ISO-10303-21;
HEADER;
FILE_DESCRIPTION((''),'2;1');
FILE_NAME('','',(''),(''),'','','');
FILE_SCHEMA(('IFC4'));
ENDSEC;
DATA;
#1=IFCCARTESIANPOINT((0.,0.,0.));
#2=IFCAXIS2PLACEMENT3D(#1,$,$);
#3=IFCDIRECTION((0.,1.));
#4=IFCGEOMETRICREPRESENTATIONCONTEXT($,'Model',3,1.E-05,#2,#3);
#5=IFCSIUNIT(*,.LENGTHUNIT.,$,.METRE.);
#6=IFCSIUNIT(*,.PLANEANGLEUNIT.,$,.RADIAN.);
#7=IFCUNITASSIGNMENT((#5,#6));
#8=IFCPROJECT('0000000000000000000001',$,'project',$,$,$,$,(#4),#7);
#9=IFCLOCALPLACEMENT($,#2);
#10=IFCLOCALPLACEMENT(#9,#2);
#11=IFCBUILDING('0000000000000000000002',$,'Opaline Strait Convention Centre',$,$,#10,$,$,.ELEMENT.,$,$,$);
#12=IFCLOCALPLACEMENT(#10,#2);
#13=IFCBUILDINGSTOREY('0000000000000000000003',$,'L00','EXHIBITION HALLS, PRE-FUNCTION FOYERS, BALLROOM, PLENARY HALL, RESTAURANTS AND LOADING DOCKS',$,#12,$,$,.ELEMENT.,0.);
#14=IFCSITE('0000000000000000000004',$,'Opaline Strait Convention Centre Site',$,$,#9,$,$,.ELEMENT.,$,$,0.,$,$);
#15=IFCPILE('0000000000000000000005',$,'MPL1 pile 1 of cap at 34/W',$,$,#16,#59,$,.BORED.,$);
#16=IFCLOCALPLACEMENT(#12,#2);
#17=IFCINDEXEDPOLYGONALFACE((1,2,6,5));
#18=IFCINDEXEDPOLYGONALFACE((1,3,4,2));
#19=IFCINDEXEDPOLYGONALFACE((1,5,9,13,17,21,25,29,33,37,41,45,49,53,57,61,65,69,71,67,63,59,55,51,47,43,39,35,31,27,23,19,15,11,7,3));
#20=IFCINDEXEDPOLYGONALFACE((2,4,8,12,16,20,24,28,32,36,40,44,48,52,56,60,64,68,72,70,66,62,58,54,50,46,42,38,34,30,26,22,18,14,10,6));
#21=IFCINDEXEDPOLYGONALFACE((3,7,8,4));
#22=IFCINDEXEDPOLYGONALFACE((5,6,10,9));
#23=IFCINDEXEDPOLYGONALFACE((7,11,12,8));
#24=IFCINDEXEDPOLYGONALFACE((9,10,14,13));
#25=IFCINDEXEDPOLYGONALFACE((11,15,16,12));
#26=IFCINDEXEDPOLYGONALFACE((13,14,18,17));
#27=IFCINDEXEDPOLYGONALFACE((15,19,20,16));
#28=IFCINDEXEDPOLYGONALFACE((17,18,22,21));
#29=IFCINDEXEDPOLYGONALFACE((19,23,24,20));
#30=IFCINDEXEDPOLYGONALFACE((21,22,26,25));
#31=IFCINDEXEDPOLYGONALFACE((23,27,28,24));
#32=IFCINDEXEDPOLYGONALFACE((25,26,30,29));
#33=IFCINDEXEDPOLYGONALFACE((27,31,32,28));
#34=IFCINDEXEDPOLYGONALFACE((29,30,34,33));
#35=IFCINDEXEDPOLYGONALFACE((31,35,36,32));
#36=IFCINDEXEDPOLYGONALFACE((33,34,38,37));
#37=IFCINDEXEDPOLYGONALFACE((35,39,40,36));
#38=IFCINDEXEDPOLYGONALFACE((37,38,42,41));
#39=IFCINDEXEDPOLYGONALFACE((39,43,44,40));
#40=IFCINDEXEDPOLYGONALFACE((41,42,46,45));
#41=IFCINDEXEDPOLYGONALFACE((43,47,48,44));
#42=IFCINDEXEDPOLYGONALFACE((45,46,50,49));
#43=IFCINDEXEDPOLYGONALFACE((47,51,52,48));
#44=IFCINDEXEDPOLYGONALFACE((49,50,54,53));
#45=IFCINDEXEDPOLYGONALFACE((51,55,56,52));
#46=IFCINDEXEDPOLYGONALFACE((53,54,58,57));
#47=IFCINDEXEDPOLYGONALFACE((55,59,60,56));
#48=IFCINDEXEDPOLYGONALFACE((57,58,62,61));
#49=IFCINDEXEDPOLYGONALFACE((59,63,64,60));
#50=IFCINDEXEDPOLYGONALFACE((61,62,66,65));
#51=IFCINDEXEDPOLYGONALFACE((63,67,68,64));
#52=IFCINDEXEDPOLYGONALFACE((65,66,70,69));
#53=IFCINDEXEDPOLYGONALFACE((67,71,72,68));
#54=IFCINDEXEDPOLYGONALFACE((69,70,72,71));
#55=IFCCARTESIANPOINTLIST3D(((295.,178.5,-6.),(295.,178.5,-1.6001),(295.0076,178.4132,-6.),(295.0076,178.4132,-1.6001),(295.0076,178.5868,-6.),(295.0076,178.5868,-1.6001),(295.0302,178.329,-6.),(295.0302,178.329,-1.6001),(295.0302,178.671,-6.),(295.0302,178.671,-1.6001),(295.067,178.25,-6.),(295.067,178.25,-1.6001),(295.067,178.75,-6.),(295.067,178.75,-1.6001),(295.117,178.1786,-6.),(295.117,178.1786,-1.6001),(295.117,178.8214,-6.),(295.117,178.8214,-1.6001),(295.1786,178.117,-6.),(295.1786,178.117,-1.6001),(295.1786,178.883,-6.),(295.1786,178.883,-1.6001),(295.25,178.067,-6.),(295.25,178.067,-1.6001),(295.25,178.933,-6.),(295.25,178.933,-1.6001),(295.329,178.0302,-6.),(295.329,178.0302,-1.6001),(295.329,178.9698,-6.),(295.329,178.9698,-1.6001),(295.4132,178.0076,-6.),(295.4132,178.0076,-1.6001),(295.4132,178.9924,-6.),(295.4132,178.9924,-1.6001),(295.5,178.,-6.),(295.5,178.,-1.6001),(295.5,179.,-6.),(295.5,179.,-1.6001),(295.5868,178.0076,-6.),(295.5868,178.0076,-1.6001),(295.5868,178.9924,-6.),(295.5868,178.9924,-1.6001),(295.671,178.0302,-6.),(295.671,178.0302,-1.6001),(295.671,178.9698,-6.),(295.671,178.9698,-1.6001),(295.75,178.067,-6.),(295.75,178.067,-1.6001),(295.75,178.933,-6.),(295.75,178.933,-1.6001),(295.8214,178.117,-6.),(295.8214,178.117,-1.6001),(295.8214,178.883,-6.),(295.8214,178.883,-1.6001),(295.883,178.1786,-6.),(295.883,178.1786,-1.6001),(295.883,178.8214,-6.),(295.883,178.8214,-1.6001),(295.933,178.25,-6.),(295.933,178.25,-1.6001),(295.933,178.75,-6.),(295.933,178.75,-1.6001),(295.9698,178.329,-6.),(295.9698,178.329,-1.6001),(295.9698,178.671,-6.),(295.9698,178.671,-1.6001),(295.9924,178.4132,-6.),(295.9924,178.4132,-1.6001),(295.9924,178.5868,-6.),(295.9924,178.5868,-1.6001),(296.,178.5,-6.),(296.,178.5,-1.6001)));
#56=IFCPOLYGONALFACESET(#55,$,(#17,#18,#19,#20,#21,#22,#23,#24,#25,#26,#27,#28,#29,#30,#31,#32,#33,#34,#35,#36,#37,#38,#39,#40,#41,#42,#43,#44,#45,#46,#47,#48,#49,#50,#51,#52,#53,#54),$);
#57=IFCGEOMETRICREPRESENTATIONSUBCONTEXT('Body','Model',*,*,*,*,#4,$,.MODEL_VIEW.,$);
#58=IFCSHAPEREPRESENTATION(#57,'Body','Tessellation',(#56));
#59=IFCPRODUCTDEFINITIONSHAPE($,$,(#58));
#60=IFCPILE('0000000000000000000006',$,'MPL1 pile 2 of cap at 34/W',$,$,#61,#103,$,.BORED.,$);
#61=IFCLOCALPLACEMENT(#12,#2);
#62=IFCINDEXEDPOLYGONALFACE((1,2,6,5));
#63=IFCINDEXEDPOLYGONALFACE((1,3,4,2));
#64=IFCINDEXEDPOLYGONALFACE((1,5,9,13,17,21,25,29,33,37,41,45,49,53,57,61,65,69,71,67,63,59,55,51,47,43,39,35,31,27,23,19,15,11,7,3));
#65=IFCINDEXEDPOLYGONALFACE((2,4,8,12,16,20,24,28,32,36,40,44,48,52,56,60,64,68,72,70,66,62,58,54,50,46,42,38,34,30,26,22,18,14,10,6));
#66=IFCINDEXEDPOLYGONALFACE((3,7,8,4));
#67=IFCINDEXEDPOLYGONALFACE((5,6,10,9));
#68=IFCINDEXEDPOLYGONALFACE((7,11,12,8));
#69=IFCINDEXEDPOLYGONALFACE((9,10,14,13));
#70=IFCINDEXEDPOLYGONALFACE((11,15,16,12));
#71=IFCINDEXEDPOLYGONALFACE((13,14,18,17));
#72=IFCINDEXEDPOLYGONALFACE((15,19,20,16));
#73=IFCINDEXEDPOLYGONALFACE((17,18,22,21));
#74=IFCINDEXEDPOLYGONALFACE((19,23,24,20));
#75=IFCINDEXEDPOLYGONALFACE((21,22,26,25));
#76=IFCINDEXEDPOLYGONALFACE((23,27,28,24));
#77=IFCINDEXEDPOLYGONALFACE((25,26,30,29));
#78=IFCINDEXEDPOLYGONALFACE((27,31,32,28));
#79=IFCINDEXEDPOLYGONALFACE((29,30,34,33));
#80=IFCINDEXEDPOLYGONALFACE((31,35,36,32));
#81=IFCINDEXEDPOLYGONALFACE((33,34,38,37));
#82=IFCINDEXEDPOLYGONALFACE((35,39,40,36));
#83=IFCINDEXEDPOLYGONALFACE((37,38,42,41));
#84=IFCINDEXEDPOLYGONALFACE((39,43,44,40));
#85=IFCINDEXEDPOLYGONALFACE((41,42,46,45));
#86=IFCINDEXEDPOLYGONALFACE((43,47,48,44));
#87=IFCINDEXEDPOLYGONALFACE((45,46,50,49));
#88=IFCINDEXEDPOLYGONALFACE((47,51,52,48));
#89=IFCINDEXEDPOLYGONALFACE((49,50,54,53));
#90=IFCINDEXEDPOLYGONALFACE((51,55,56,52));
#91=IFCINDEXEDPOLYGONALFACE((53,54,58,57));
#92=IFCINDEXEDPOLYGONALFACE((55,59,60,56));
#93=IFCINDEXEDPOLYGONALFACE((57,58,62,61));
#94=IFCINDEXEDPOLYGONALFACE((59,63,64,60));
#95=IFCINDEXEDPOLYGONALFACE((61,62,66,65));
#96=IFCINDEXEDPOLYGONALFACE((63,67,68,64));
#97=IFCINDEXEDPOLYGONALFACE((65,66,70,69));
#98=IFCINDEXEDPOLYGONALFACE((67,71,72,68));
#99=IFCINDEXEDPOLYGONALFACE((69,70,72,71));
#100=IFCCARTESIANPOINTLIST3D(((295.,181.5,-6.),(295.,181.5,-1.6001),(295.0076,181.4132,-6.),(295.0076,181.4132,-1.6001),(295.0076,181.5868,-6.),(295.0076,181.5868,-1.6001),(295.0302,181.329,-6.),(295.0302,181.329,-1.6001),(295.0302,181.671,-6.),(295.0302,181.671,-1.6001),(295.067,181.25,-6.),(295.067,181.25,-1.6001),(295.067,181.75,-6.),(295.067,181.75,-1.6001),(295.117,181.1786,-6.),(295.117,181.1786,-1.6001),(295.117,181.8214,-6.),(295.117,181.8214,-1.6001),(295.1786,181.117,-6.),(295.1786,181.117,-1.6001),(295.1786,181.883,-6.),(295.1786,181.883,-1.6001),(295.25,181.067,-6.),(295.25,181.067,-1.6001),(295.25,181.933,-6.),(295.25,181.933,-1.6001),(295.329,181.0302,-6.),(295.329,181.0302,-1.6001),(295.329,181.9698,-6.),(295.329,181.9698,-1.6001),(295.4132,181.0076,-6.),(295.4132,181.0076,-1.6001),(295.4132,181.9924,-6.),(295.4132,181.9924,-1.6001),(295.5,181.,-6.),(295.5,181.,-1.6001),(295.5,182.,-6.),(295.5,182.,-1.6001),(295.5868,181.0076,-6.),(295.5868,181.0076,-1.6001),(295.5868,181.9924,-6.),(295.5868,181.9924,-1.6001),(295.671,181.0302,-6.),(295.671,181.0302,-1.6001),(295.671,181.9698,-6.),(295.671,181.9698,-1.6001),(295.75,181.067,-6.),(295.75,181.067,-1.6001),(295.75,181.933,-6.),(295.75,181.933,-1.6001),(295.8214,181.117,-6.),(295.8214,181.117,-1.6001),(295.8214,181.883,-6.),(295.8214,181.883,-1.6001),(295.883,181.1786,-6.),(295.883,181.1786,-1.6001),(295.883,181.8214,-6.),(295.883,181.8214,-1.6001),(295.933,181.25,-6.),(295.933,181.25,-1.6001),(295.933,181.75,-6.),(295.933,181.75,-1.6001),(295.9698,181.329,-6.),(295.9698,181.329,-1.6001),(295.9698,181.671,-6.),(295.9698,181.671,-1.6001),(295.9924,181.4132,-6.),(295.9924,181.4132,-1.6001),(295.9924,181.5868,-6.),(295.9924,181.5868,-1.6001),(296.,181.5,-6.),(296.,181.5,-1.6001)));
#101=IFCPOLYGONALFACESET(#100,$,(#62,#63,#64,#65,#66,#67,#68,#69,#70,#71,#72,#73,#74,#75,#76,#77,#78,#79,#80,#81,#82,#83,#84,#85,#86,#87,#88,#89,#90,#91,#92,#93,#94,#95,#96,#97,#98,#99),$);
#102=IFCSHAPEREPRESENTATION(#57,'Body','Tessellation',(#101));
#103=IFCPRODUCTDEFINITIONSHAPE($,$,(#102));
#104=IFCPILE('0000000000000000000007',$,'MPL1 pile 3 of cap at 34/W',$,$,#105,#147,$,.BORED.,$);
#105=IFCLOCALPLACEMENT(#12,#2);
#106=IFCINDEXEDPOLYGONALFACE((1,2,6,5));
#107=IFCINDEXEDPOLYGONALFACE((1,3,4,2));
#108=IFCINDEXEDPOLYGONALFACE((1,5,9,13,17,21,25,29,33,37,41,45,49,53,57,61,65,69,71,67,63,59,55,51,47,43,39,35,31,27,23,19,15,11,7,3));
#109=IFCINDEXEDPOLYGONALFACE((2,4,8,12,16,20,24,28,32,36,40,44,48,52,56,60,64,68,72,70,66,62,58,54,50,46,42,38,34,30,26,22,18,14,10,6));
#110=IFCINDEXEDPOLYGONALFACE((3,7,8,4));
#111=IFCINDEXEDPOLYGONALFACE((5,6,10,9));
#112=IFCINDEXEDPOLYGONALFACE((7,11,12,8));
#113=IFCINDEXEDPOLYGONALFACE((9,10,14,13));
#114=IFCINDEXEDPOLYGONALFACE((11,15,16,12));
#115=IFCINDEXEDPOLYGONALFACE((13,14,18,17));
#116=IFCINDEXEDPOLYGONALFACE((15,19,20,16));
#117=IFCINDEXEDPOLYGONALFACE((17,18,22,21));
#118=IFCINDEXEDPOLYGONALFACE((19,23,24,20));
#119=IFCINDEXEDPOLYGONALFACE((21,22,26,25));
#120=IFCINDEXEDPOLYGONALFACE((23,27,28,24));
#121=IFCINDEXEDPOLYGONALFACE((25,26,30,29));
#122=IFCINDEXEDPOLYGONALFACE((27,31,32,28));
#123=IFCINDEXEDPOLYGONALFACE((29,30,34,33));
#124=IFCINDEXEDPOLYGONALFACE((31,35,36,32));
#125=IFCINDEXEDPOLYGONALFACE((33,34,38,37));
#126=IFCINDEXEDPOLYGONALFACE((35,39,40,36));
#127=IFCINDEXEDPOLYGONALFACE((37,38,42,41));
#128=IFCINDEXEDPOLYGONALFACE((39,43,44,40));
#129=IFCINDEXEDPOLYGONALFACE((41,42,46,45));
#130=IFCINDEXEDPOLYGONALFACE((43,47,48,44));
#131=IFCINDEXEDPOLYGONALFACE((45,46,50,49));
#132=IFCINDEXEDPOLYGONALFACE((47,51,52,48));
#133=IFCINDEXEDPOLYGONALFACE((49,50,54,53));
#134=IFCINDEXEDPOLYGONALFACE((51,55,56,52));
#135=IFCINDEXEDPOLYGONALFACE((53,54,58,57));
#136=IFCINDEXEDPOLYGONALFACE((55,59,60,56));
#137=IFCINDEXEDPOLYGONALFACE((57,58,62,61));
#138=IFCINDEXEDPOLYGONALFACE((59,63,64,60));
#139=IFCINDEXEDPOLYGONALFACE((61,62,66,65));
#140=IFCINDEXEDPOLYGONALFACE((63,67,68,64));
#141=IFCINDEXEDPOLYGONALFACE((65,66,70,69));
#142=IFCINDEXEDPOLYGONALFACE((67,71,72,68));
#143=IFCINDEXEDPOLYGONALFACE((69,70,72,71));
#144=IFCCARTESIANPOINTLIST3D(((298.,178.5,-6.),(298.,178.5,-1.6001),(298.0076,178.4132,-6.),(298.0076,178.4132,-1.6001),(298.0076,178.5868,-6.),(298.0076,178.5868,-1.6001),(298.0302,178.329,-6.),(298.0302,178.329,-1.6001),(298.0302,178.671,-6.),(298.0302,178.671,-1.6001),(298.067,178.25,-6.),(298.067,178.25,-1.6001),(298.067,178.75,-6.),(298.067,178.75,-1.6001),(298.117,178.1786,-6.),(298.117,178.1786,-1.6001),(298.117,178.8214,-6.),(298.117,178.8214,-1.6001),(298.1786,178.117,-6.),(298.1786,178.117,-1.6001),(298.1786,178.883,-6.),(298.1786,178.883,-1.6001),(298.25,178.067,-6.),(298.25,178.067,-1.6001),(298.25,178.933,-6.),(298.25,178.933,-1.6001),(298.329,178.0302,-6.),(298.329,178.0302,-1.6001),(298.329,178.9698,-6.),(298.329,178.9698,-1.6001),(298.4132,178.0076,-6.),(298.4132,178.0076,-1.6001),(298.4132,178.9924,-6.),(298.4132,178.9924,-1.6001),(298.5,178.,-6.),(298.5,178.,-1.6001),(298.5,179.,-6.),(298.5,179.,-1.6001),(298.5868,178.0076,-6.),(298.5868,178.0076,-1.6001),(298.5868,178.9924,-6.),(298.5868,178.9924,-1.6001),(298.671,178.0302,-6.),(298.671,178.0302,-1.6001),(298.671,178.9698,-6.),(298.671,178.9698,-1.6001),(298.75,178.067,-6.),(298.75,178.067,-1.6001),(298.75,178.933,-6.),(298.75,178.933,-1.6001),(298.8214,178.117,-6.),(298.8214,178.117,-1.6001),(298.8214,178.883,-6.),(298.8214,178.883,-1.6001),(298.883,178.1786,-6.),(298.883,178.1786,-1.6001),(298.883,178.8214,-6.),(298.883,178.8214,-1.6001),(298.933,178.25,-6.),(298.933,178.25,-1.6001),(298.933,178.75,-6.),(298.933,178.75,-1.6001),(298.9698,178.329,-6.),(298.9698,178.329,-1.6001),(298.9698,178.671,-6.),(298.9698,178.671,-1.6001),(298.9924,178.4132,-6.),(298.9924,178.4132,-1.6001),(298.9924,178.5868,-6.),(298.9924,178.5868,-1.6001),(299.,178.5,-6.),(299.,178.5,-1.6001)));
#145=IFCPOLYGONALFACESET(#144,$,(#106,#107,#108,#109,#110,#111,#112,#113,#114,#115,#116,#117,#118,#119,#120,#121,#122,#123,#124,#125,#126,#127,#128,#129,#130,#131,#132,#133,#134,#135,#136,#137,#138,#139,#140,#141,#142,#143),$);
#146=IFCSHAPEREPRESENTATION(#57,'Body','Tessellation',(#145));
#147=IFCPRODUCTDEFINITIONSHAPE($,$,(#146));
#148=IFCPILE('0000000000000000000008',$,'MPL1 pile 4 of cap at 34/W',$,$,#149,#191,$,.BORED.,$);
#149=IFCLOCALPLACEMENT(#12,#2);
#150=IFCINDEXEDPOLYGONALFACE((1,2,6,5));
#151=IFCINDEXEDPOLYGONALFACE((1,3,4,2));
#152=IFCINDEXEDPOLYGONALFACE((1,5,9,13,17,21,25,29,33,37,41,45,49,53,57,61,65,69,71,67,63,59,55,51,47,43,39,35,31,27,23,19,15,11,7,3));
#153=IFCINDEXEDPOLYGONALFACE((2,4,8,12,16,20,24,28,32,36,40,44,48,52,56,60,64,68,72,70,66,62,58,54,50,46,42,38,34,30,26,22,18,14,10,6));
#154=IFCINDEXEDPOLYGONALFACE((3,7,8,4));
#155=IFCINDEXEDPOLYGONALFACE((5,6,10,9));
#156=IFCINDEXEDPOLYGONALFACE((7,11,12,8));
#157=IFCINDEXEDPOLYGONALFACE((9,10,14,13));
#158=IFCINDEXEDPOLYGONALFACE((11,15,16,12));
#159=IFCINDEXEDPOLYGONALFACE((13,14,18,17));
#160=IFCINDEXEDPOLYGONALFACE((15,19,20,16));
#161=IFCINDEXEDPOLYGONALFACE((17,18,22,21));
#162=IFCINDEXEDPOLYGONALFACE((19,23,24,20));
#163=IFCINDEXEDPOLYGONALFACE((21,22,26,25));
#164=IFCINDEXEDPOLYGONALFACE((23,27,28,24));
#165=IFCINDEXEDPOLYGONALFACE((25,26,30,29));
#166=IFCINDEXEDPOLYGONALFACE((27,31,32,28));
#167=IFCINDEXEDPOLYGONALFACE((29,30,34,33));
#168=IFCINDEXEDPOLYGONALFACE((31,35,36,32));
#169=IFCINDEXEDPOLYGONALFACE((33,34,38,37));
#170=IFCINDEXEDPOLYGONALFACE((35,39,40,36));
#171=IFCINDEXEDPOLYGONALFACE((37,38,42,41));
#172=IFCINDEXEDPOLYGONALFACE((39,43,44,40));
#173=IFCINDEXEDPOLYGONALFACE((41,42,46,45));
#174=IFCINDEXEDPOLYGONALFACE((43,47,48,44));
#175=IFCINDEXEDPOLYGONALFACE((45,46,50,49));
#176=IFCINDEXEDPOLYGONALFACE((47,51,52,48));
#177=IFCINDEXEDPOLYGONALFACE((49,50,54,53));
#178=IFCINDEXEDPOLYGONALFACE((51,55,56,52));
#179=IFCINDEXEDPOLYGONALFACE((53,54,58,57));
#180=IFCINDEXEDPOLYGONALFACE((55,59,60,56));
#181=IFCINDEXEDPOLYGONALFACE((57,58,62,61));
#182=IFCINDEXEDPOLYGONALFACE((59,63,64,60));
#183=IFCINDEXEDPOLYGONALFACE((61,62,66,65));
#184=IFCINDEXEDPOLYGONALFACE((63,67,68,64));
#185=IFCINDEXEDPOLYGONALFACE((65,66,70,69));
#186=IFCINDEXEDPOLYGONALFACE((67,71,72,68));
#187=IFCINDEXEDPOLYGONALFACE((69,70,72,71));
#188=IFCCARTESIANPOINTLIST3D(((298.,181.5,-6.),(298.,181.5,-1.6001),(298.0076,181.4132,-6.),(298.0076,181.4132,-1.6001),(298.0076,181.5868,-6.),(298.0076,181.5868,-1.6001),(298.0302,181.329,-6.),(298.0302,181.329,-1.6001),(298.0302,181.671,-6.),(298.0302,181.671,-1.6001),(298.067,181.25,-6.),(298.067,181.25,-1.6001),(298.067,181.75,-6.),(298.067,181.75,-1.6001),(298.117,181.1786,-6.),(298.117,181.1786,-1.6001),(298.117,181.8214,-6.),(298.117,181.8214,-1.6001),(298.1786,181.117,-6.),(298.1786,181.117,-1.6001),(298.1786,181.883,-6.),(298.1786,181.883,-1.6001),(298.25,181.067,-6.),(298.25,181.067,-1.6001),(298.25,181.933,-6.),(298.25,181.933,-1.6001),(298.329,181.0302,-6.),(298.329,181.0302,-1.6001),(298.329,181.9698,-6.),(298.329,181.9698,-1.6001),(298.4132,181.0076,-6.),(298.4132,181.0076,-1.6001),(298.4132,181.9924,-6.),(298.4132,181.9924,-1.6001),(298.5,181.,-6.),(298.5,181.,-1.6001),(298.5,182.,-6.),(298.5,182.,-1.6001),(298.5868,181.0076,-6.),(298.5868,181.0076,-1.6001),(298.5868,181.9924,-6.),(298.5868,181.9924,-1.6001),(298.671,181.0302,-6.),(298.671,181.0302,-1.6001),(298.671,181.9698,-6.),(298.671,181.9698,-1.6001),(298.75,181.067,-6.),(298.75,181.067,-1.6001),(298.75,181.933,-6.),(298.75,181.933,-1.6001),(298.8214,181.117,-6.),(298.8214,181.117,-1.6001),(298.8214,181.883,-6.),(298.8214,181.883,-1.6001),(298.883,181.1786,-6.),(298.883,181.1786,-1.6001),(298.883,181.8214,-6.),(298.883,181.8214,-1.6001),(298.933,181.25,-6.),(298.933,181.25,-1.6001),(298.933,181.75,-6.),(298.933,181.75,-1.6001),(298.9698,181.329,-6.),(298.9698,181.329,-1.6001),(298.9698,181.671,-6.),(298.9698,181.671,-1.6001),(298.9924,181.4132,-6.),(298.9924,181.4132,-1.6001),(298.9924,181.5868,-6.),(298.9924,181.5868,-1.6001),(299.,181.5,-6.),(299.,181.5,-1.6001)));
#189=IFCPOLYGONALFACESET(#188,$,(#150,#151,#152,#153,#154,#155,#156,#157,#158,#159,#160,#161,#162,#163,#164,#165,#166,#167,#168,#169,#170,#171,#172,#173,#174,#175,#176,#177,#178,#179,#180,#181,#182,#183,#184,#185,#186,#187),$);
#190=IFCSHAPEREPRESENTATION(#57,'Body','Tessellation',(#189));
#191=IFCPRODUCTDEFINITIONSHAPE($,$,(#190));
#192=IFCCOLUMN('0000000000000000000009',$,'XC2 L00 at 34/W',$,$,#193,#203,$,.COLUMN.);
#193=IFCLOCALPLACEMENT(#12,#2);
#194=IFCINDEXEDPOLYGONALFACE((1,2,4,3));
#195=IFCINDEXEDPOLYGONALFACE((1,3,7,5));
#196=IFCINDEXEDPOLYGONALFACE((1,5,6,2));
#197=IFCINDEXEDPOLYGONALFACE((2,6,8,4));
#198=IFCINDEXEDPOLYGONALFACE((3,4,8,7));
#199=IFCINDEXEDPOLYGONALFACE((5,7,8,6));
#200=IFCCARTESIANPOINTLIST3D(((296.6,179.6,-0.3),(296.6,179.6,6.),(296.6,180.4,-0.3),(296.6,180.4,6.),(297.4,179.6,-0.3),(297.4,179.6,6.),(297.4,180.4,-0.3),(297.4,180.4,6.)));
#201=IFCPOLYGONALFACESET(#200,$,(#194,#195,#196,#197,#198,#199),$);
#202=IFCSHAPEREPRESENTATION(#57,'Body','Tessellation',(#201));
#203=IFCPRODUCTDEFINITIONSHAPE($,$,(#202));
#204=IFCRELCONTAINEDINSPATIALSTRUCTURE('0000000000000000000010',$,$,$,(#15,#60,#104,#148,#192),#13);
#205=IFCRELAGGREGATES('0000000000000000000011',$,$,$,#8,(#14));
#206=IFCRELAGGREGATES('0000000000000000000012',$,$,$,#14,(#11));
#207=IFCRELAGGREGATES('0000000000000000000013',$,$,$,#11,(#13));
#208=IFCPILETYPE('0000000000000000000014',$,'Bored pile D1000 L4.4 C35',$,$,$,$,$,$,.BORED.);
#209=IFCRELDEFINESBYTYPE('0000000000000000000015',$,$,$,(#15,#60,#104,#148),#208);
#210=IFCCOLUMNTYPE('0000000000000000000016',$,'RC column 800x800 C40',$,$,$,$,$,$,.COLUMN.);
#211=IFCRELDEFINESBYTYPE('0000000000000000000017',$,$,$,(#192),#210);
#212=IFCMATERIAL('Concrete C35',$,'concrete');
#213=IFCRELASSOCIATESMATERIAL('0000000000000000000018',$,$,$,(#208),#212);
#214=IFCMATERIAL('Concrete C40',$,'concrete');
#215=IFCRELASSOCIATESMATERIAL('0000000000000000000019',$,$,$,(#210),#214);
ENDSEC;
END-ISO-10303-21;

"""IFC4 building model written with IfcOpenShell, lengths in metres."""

from ifc_helpers import new_model, si_unit, direction, frame, origin, origin_2d, place, context, subcontext, project, spatial, rectangle, circle, extrude, material, material_profile, profile_set, type_object, element, save


model = new_model("IFC4")

# Units and contexts
model_context = context("Model", 3, precision=1e-05, world=origin(), true_north=direction((0.0, 1.0)))
body_context = subcontext(model_context, "Body", "Model", "MODEL_VIEW")
ifc_project = project(units=[si_unit("LENGTHUNIT", "METRE"), si_unit("PLANEANGLEUNIT", "RADIAN")], contexts=[model_context])

# Site, building, storey
site_placement = place(None, origin())
site = spatial("IfcSite", under=ifc_project, at=site_placement, Name="Opaline Strait Convention Centre Site", CompositionType="ELEMENT", RefElevation=0.0)
building_placement = place(site_placement, origin())
building = spatial("IfcBuilding", under=site, at=building_placement, Name="Opaline Strait Convention Centre", CompositionType="ELEMENT")
storey_placement = place(building_placement, origin())
storey = spatial("IfcBuildingStorey", under=building, at=storey_placement, Name="L00", Description="EXHIBITION HALLS, PRE-FUNCTION FOYERS, BALLROOM, PLENARY HALL, RESTAURANTS AND LOADING DOCKS", CompositionType="ELEMENT", Elevation=0.0)

# Piles
ifc_material_1 = material(Name="Concrete C35", Category="concrete")
ifc_material_profile_1 = material_profile(ifc_material_1, circle(Radius=0.5, at=origin_2d()), Name="D1000")
ifc_profile_set_1 = profile_set([ifc_material_profile_1], Name="Concrete C35")
pile_type = type_object("IfcPileType", Name="Bored pile D1000 L4.4 C35", PredefinedType="BORED", material=ifc_profile_set_1)
for number, where, z_axis, x_axis, name in (
    (1, (295.5, 178.5, -1.6001), (0.0, 0.0, -1.0), (1.0, 0.0, 0.0), "MPL1 pile 1 of cap at 34/W"),
    (2, (295.5, 181.5, -1.6001), (0.0, 0.0, -1.0), (1.0, 0.0, 0.0), "MPL1 pile 2 of cap at 34/W"),
    (3, (298.5, 178.5, -1.6001), (0.0, 0.0, -1.0), (1.0, 0.0, 0.0), "MPL1 pile 3 of cap at 34/W"),
    (4, (298.5, 181.5, -1.6001), (0.0, 0.0, -1.0), (1.0, 0.0, 0.0), "MPL1 pile 4 of cap at 34/W"),
):
    element("IfcPile", number, at=place(storey_placement, frame(where, z_axis=z_axis, x_axis=x_axis)), inside=storey, type_object=pile_type, Name=name, PredefinedType="BORED", context=body_context, shape_type="SweptSolid", body=[
        extrude(circle(Radius=0.5, at=origin_2d()), origin(), (0.0, 0.0, 1.0), 4.3999),
    ])

# Column
ifc_material_2 = material(Name="Concrete C40", Category="concrete")
ifc_material_profile_2 = material_profile(ifc_material_2, rectangle(XDim=0.8, YDim=0.8, at=origin_2d()), Name="RC 800x800")
ifc_profile_set_2 = profile_set([ifc_material_profile_2], Name="Concrete C40")
column_type = type_object("IfcColumnType", Name="RC column 800x800 C40", PredefinedType="COLUMN", material=ifc_profile_set_2)
column_placement = place(storey_placement, frame((297.0, 180.0, -0.3), z_axis=(0.0, 0.0, 1.0), x_axis=(1.0, 0.0, 0.0)))
element("IfcColumn", 5, at=column_placement, inside=storey, type_object=column_type, Name="XC2 L00 at 34/W", PredefinedType="COLUMN", context=body_context, shape_type="SweptSolid", body=[
    extrude(rectangle(XDim=0.8, YDim=0.8, at=origin_2d()), origin(), (0.0, 0.0, 1.0), 6.3),
])

save(model, "model.ifc")
